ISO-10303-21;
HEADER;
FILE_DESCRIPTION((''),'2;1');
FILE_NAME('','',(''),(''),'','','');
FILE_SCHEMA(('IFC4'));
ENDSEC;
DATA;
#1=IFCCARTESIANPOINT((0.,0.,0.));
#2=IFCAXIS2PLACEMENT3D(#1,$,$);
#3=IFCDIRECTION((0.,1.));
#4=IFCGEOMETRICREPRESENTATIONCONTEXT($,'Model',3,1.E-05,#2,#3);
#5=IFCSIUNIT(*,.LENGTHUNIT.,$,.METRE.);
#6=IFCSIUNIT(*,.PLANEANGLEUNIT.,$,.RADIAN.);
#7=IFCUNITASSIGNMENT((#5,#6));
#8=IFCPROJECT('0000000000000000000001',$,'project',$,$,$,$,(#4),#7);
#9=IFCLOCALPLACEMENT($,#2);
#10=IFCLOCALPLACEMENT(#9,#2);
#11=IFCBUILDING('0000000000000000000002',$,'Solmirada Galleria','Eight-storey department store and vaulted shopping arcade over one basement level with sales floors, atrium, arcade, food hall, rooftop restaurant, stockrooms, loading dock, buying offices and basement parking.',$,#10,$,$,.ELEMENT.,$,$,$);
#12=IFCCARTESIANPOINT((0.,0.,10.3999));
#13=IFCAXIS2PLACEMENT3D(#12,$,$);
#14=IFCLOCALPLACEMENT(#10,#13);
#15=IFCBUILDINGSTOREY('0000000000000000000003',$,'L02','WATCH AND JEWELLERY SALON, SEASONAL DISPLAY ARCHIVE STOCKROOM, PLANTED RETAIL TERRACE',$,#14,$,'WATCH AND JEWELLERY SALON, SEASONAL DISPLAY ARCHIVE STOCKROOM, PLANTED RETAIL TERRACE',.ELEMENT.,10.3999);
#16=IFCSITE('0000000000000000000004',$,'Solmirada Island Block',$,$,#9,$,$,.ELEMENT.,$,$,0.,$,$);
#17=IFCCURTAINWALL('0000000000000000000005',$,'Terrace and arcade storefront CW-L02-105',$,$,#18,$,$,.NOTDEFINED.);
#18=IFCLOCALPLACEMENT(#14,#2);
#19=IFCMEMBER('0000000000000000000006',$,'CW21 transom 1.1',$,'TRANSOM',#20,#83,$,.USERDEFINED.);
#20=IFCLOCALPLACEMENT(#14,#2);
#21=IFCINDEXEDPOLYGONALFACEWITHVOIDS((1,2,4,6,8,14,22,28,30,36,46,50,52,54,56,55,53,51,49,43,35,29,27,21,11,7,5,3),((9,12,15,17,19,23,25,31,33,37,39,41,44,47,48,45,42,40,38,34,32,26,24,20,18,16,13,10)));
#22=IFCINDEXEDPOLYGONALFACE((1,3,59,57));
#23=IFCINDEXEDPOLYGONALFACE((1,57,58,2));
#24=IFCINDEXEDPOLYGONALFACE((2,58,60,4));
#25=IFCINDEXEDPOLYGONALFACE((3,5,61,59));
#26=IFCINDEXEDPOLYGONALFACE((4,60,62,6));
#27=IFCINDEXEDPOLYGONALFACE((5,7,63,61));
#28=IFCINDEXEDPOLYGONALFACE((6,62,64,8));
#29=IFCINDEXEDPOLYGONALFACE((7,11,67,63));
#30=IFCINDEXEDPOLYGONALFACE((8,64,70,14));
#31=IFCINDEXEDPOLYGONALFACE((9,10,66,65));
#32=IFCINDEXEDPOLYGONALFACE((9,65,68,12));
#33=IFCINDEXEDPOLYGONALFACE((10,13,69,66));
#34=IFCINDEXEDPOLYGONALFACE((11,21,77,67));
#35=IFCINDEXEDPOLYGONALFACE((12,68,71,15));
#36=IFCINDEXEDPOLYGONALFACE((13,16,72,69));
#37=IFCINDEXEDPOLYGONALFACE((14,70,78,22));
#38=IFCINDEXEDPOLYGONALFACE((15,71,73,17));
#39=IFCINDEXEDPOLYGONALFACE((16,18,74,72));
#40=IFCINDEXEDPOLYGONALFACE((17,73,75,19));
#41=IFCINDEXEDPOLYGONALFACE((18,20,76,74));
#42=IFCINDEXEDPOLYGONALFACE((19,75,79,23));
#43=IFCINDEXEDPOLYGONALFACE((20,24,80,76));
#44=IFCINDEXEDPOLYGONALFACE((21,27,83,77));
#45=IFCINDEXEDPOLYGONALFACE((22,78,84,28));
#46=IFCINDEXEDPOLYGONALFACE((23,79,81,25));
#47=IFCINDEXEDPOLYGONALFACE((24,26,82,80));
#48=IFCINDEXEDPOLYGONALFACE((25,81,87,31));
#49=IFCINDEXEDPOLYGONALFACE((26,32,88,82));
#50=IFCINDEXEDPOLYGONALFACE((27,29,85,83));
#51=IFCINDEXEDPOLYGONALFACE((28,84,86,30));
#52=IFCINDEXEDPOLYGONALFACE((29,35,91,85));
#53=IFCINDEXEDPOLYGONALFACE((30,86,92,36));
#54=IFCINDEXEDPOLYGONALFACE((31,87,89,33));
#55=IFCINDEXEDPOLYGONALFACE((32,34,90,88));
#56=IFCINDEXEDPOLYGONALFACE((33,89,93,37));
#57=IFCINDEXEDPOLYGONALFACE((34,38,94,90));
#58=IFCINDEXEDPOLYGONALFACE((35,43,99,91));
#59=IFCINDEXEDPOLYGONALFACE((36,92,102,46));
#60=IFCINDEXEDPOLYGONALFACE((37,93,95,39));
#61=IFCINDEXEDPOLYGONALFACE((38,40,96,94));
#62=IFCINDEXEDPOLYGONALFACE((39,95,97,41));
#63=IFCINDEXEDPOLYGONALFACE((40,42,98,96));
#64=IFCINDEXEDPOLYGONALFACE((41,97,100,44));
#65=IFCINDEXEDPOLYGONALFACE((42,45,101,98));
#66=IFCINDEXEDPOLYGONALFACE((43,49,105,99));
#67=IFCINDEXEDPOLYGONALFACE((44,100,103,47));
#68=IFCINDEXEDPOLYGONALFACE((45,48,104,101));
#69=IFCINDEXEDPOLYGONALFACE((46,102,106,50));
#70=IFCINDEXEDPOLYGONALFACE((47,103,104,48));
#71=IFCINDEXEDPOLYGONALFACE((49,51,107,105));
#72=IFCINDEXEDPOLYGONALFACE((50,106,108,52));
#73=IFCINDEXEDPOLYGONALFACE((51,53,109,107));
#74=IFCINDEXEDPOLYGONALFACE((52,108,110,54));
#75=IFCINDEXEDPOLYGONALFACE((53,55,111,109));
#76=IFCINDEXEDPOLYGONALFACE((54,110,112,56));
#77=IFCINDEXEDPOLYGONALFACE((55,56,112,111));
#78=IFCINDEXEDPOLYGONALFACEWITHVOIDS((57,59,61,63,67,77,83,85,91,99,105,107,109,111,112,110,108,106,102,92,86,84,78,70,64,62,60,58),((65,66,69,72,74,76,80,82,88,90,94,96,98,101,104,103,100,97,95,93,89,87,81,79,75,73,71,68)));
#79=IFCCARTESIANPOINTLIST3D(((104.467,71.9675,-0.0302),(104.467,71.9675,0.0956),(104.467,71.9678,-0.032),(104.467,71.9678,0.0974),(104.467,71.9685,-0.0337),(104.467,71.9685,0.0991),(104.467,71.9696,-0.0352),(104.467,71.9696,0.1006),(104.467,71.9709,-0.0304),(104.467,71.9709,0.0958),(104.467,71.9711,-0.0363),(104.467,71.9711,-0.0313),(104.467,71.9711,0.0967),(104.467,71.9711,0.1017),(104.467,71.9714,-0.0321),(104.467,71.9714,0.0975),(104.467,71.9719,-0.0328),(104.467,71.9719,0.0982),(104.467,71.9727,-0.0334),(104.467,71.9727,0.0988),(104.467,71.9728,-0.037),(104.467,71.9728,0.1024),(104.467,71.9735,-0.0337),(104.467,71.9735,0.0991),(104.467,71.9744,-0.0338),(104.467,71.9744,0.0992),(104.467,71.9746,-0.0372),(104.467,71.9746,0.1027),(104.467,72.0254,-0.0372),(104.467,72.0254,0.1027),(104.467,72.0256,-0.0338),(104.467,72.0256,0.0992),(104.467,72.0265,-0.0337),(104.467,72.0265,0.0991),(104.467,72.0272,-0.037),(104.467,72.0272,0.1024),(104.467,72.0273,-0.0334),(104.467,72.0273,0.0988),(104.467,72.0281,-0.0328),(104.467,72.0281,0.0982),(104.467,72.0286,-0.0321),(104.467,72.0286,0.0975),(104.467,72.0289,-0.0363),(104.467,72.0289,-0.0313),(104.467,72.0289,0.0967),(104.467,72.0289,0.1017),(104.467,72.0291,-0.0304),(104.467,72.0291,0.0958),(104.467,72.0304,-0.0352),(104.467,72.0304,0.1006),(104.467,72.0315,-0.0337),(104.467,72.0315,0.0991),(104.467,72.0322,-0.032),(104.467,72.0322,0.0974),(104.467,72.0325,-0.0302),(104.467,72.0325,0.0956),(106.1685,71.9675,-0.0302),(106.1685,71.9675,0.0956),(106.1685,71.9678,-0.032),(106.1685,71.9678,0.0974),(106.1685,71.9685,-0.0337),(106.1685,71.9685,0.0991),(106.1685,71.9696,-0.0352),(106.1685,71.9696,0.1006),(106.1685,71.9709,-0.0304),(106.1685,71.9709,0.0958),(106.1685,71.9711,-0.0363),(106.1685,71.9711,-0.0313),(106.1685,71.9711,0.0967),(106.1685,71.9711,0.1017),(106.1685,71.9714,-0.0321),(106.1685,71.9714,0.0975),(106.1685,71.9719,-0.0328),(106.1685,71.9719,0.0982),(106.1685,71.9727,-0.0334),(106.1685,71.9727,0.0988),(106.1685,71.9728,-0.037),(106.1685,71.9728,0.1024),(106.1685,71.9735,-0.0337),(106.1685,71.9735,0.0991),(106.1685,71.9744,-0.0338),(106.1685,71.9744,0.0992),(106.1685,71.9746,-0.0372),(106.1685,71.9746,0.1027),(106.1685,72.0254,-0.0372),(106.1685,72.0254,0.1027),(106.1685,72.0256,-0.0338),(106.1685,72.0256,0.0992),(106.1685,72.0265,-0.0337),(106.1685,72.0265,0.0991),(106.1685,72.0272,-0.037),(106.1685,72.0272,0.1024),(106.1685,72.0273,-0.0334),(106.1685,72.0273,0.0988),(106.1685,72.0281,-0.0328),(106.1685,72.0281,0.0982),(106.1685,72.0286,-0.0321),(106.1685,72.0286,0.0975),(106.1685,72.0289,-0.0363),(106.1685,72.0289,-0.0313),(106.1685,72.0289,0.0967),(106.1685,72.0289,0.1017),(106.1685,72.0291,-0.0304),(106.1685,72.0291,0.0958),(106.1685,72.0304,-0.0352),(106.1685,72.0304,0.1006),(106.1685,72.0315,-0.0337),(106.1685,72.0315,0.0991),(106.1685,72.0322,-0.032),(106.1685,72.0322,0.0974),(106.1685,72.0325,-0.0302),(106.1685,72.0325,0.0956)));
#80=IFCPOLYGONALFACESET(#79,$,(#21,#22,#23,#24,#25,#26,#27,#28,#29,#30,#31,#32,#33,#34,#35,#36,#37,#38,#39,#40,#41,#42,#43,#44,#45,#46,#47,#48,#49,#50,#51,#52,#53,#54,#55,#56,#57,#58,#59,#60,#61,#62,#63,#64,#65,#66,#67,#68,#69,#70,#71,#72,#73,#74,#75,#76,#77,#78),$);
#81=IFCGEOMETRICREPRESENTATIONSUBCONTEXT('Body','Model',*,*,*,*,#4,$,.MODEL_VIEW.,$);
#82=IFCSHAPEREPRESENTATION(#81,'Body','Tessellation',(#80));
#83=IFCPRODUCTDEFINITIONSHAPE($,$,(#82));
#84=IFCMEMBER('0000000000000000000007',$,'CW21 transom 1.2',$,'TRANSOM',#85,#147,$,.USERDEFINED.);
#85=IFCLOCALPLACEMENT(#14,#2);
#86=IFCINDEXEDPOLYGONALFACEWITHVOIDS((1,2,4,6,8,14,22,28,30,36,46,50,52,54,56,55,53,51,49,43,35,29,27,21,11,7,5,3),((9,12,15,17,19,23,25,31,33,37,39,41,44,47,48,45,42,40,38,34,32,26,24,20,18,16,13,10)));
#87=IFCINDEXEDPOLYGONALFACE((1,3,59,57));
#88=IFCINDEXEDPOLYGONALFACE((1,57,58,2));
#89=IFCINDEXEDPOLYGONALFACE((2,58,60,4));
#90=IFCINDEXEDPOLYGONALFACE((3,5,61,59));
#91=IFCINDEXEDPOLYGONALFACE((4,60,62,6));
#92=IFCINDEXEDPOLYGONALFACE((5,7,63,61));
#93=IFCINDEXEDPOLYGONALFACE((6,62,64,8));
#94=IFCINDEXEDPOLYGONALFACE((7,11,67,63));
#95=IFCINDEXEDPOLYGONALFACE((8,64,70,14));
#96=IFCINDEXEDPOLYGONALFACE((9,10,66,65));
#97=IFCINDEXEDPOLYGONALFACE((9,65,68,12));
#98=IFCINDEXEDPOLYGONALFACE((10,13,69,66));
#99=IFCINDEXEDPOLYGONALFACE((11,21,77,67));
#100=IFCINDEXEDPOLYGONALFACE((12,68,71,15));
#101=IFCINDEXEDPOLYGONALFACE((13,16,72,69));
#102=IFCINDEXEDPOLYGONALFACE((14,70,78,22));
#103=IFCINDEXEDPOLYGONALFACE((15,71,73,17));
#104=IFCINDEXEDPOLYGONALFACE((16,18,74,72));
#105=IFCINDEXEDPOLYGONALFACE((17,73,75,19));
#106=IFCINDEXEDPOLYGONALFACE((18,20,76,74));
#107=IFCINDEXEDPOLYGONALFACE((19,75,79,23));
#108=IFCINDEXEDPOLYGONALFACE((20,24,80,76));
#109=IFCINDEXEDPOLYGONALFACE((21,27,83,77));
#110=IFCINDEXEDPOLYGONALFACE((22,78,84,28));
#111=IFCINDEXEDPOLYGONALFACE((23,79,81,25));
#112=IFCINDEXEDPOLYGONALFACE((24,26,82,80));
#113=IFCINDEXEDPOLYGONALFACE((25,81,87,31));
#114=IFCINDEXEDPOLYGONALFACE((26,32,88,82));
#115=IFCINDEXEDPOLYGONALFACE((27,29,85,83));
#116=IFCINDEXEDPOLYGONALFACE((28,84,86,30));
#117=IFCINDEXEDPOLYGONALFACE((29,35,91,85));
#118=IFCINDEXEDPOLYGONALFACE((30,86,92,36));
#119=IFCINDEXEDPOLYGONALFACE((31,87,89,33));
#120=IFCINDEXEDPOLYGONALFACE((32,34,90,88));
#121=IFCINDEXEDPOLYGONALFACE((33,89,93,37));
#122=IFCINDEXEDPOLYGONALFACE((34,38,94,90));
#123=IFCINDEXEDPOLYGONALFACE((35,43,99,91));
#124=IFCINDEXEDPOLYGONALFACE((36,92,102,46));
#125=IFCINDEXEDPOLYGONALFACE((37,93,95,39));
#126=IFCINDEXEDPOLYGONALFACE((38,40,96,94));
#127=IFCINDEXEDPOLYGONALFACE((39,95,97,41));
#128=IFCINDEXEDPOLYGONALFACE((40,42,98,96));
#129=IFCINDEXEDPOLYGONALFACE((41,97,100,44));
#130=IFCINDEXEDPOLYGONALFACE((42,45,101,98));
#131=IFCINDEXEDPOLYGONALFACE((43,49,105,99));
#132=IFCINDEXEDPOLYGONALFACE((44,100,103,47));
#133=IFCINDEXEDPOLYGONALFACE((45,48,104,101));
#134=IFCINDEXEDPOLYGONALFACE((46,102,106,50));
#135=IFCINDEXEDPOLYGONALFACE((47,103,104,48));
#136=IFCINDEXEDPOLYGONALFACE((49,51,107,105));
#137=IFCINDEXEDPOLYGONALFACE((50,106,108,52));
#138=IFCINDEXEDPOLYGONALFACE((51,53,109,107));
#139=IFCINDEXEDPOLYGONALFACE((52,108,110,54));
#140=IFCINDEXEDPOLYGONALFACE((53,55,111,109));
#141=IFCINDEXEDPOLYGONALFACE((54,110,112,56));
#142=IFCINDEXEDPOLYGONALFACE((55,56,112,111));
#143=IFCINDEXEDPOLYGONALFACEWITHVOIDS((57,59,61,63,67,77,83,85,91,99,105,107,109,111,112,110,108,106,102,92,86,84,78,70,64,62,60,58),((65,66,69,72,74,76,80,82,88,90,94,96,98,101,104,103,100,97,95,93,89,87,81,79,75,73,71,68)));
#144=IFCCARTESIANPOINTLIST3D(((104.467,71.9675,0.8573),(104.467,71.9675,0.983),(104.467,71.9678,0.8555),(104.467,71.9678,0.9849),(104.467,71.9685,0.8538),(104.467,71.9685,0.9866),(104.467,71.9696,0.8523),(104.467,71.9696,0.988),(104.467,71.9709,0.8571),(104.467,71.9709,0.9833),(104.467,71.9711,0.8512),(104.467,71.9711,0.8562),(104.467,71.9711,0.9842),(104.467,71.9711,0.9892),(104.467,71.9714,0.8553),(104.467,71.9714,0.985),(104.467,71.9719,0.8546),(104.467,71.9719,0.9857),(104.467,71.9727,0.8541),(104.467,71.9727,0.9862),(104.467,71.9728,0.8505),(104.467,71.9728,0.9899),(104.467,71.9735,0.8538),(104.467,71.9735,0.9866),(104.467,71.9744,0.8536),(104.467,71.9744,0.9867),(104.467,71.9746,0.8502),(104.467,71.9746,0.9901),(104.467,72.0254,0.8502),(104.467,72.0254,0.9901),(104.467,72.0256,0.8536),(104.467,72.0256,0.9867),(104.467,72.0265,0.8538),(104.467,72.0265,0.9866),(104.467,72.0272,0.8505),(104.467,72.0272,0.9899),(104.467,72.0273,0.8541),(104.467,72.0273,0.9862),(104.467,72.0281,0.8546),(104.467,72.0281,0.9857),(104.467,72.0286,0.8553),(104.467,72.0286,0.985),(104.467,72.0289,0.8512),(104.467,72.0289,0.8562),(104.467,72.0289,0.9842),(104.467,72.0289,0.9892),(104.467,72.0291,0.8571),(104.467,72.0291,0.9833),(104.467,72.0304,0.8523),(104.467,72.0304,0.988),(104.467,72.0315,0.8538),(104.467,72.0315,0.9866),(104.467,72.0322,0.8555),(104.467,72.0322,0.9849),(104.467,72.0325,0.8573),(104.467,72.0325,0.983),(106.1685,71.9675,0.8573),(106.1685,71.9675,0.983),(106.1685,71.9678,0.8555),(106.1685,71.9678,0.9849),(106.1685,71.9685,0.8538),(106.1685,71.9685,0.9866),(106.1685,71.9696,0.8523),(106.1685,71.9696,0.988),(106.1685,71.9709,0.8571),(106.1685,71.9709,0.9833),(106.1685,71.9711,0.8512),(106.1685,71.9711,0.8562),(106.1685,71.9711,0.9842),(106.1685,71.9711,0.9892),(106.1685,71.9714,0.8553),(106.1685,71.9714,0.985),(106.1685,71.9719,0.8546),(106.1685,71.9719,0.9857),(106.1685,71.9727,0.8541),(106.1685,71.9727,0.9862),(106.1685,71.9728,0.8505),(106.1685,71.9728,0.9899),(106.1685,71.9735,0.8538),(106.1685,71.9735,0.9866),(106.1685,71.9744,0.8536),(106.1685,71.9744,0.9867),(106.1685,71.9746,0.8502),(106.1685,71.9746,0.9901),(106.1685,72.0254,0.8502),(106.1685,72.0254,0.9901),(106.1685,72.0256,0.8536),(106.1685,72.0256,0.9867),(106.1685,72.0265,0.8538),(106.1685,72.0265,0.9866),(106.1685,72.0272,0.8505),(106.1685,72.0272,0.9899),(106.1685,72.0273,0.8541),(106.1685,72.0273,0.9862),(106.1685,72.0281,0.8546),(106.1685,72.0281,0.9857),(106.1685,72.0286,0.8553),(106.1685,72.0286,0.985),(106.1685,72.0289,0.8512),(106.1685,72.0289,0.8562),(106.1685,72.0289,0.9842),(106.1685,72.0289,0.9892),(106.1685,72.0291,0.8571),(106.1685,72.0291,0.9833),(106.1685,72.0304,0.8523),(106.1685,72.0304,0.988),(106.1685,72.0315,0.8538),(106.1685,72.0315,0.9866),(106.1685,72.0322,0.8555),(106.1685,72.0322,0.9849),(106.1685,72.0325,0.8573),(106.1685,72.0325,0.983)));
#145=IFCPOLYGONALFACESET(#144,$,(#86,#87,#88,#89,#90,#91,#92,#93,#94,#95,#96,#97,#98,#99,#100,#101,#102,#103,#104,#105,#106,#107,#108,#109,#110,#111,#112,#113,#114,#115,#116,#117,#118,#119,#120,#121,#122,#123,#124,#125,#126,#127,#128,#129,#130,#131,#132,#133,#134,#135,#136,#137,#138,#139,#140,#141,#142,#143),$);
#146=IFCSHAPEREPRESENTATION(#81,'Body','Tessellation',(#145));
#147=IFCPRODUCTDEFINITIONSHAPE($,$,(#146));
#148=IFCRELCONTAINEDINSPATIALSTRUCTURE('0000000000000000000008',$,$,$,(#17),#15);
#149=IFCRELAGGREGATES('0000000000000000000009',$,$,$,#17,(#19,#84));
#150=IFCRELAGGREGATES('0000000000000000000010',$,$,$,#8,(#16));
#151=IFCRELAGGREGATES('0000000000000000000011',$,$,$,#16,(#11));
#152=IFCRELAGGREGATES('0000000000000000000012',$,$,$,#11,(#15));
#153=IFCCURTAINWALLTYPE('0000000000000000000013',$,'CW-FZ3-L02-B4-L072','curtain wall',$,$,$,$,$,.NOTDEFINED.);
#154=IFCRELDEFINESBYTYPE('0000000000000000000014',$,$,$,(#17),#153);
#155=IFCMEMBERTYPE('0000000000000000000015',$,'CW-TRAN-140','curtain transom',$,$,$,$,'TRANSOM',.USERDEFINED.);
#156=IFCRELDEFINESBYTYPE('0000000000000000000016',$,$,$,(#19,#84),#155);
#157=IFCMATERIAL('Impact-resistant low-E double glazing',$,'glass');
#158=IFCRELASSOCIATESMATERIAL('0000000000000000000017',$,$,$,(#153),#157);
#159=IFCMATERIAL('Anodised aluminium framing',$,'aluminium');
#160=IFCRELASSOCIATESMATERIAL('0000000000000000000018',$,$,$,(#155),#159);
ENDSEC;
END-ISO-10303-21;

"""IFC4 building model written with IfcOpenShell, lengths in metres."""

from ifc_helpers import new_model, si_unit, direction, frame, origin, origin_2d, place, context, subcontext, project, spatial, hollow_rectangle, extrude, material, material_profile, profile_set, type_object, element, aggregate, save


model = new_model("IFC4")

# Units and contexts
model_context = context("Model", 3, precision=1e-05, world=origin(), true_north=direction((0.0, 1.0)))
body_context = subcontext(model_context, "Body", "Model", "MODEL_VIEW")
ifc_project = project(units=[si_unit("LENGTHUNIT", "METRE"), si_unit("PLANEANGLEUNIT", "RADIAN")], contexts=[model_context])

# Site, building, storey
site_placement = place(None, origin())
site = spatial("IfcSite", under=ifc_project, at=site_placement, Name="Solmirada Island Block", CompositionType="ELEMENT", RefElevation=0.0)
building_placement = place(site_placement, origin())
building = spatial("IfcBuilding", under=site, at=building_placement, Name="Solmirada Galleria", Description="Eight-storey department store and vaulted shopping arcade over one basement level with sales floors, atrium, arcade, food hall, rooftop restaurant, stockrooms, loading dock, buying offices and basement parking.", CompositionType="ELEMENT")
storey_placement = place(building_placement, frame((0.0, 0.0, 10.3999)))
storey = spatial("IfcBuildingStorey", under=building, at=storey_placement, Name="L02", Description="WATCH AND JEWELLERY SALON, SEASONAL DISPLAY ARCHIVE STOCKROOM, PLANTED RETAIL TERRACE", LongName="WATCH AND JEWELLERY SALON, SEASONAL DISPLAY ARCHIVE STOCKROOM, PLANTED RETAIL TERRACE", CompositionType="ELEMENT", Elevation=10.3999)

# Curtain wall
ifc_material_1 = material(Name="Impact-resistant low-E double glazing", Category="glass")
curtain_wall_type = type_object("IfcCurtainWallType", Name="CW-FZ3-L02-B4-L072", Description="curtain wall", PredefinedType="NOTDEFINED", material=ifc_material_1)
ifc_material_2 = material(Name="Anodised aluminium framing", Category="aluminium")
curtain_wall_1_placement = place(storey_placement, origin())
curtain_wall_1 = element("IfcCurtainWall", 1, at=curtain_wall_1_placement, inside=storey, type_object=curtain_wall_type, Name="Terrace and arcade storefront CW-L02-105", PredefinedType="NOTDEFINED")

# Members
ifc_material_profile_1 = material_profile(ifc_material_2, hollow_rectangle(XDim=0.0649, YDim=0.1399, WallThickness=0.0034, InnerFilletRadius=0.0034, OuterFilletRadius=0.0071, at=origin_2d()), Name="ALU-TRAN-140X65")
ifc_profile_set_1 = profile_set([ifc_material_profile_1], Name="Anodised aluminium framing")
member_type_1 = type_object("IfcMemberType", Name="CW-TRAN-140", Description="curtain transom", ElementType="TRANSOM", PredefinedType="USERDEFINED", material=ifc_profile_set_1)
member_1_placement = place(storey_placement, frame((104.467, 72.0, 0.0327), z_axis=(1.0, 0.0, 0.0), x_axis=(0.0, 1.0, 0.0)))
member_1 = element("IfcMember", 2, at=member_1_placement, type_object=member_type_1, Name="CW21 transom 1.1", ObjectType="TRANSOM", PredefinedType="USERDEFINED", context=body_context, shape_type="SweptSolid", body=[
    extrude(hollow_rectangle(XDim=0.0649, YDim=0.1399, WallThickness=0.0034, InnerFilletRadius=0.0034, OuterFilletRadius=0.0071, at=origin_2d()), origin(), (0.0, 0.0, 1.0), 1.7014),
])
member_2_placement = place(storey_placement, frame((104.467, 72.0, 0.9202), z_axis=(1.0, 0.0, 0.0), x_axis=(0.0, 1.0, 0.0)))
member_2 = element("IfcMember", 3, at=member_2_placement, type_object=member_type_1, Name="CW21 transom 1.2", ObjectType="TRANSOM", PredefinedType="USERDEFINED", context=body_context, shape_type="SweptSolid", body=[
    extrude(hollow_rectangle(XDim=0.0649, YDim=0.1399, WallThickness=0.0034, InnerFilletRadius=0.0034, OuterFilletRadius=0.0071, at=origin_2d()), origin(), (0.0, 0.0, 1.0), 1.7014),
])

aggregate(curtain_wall_1, [member_1, member_2])

save(model, "model.ifc")
